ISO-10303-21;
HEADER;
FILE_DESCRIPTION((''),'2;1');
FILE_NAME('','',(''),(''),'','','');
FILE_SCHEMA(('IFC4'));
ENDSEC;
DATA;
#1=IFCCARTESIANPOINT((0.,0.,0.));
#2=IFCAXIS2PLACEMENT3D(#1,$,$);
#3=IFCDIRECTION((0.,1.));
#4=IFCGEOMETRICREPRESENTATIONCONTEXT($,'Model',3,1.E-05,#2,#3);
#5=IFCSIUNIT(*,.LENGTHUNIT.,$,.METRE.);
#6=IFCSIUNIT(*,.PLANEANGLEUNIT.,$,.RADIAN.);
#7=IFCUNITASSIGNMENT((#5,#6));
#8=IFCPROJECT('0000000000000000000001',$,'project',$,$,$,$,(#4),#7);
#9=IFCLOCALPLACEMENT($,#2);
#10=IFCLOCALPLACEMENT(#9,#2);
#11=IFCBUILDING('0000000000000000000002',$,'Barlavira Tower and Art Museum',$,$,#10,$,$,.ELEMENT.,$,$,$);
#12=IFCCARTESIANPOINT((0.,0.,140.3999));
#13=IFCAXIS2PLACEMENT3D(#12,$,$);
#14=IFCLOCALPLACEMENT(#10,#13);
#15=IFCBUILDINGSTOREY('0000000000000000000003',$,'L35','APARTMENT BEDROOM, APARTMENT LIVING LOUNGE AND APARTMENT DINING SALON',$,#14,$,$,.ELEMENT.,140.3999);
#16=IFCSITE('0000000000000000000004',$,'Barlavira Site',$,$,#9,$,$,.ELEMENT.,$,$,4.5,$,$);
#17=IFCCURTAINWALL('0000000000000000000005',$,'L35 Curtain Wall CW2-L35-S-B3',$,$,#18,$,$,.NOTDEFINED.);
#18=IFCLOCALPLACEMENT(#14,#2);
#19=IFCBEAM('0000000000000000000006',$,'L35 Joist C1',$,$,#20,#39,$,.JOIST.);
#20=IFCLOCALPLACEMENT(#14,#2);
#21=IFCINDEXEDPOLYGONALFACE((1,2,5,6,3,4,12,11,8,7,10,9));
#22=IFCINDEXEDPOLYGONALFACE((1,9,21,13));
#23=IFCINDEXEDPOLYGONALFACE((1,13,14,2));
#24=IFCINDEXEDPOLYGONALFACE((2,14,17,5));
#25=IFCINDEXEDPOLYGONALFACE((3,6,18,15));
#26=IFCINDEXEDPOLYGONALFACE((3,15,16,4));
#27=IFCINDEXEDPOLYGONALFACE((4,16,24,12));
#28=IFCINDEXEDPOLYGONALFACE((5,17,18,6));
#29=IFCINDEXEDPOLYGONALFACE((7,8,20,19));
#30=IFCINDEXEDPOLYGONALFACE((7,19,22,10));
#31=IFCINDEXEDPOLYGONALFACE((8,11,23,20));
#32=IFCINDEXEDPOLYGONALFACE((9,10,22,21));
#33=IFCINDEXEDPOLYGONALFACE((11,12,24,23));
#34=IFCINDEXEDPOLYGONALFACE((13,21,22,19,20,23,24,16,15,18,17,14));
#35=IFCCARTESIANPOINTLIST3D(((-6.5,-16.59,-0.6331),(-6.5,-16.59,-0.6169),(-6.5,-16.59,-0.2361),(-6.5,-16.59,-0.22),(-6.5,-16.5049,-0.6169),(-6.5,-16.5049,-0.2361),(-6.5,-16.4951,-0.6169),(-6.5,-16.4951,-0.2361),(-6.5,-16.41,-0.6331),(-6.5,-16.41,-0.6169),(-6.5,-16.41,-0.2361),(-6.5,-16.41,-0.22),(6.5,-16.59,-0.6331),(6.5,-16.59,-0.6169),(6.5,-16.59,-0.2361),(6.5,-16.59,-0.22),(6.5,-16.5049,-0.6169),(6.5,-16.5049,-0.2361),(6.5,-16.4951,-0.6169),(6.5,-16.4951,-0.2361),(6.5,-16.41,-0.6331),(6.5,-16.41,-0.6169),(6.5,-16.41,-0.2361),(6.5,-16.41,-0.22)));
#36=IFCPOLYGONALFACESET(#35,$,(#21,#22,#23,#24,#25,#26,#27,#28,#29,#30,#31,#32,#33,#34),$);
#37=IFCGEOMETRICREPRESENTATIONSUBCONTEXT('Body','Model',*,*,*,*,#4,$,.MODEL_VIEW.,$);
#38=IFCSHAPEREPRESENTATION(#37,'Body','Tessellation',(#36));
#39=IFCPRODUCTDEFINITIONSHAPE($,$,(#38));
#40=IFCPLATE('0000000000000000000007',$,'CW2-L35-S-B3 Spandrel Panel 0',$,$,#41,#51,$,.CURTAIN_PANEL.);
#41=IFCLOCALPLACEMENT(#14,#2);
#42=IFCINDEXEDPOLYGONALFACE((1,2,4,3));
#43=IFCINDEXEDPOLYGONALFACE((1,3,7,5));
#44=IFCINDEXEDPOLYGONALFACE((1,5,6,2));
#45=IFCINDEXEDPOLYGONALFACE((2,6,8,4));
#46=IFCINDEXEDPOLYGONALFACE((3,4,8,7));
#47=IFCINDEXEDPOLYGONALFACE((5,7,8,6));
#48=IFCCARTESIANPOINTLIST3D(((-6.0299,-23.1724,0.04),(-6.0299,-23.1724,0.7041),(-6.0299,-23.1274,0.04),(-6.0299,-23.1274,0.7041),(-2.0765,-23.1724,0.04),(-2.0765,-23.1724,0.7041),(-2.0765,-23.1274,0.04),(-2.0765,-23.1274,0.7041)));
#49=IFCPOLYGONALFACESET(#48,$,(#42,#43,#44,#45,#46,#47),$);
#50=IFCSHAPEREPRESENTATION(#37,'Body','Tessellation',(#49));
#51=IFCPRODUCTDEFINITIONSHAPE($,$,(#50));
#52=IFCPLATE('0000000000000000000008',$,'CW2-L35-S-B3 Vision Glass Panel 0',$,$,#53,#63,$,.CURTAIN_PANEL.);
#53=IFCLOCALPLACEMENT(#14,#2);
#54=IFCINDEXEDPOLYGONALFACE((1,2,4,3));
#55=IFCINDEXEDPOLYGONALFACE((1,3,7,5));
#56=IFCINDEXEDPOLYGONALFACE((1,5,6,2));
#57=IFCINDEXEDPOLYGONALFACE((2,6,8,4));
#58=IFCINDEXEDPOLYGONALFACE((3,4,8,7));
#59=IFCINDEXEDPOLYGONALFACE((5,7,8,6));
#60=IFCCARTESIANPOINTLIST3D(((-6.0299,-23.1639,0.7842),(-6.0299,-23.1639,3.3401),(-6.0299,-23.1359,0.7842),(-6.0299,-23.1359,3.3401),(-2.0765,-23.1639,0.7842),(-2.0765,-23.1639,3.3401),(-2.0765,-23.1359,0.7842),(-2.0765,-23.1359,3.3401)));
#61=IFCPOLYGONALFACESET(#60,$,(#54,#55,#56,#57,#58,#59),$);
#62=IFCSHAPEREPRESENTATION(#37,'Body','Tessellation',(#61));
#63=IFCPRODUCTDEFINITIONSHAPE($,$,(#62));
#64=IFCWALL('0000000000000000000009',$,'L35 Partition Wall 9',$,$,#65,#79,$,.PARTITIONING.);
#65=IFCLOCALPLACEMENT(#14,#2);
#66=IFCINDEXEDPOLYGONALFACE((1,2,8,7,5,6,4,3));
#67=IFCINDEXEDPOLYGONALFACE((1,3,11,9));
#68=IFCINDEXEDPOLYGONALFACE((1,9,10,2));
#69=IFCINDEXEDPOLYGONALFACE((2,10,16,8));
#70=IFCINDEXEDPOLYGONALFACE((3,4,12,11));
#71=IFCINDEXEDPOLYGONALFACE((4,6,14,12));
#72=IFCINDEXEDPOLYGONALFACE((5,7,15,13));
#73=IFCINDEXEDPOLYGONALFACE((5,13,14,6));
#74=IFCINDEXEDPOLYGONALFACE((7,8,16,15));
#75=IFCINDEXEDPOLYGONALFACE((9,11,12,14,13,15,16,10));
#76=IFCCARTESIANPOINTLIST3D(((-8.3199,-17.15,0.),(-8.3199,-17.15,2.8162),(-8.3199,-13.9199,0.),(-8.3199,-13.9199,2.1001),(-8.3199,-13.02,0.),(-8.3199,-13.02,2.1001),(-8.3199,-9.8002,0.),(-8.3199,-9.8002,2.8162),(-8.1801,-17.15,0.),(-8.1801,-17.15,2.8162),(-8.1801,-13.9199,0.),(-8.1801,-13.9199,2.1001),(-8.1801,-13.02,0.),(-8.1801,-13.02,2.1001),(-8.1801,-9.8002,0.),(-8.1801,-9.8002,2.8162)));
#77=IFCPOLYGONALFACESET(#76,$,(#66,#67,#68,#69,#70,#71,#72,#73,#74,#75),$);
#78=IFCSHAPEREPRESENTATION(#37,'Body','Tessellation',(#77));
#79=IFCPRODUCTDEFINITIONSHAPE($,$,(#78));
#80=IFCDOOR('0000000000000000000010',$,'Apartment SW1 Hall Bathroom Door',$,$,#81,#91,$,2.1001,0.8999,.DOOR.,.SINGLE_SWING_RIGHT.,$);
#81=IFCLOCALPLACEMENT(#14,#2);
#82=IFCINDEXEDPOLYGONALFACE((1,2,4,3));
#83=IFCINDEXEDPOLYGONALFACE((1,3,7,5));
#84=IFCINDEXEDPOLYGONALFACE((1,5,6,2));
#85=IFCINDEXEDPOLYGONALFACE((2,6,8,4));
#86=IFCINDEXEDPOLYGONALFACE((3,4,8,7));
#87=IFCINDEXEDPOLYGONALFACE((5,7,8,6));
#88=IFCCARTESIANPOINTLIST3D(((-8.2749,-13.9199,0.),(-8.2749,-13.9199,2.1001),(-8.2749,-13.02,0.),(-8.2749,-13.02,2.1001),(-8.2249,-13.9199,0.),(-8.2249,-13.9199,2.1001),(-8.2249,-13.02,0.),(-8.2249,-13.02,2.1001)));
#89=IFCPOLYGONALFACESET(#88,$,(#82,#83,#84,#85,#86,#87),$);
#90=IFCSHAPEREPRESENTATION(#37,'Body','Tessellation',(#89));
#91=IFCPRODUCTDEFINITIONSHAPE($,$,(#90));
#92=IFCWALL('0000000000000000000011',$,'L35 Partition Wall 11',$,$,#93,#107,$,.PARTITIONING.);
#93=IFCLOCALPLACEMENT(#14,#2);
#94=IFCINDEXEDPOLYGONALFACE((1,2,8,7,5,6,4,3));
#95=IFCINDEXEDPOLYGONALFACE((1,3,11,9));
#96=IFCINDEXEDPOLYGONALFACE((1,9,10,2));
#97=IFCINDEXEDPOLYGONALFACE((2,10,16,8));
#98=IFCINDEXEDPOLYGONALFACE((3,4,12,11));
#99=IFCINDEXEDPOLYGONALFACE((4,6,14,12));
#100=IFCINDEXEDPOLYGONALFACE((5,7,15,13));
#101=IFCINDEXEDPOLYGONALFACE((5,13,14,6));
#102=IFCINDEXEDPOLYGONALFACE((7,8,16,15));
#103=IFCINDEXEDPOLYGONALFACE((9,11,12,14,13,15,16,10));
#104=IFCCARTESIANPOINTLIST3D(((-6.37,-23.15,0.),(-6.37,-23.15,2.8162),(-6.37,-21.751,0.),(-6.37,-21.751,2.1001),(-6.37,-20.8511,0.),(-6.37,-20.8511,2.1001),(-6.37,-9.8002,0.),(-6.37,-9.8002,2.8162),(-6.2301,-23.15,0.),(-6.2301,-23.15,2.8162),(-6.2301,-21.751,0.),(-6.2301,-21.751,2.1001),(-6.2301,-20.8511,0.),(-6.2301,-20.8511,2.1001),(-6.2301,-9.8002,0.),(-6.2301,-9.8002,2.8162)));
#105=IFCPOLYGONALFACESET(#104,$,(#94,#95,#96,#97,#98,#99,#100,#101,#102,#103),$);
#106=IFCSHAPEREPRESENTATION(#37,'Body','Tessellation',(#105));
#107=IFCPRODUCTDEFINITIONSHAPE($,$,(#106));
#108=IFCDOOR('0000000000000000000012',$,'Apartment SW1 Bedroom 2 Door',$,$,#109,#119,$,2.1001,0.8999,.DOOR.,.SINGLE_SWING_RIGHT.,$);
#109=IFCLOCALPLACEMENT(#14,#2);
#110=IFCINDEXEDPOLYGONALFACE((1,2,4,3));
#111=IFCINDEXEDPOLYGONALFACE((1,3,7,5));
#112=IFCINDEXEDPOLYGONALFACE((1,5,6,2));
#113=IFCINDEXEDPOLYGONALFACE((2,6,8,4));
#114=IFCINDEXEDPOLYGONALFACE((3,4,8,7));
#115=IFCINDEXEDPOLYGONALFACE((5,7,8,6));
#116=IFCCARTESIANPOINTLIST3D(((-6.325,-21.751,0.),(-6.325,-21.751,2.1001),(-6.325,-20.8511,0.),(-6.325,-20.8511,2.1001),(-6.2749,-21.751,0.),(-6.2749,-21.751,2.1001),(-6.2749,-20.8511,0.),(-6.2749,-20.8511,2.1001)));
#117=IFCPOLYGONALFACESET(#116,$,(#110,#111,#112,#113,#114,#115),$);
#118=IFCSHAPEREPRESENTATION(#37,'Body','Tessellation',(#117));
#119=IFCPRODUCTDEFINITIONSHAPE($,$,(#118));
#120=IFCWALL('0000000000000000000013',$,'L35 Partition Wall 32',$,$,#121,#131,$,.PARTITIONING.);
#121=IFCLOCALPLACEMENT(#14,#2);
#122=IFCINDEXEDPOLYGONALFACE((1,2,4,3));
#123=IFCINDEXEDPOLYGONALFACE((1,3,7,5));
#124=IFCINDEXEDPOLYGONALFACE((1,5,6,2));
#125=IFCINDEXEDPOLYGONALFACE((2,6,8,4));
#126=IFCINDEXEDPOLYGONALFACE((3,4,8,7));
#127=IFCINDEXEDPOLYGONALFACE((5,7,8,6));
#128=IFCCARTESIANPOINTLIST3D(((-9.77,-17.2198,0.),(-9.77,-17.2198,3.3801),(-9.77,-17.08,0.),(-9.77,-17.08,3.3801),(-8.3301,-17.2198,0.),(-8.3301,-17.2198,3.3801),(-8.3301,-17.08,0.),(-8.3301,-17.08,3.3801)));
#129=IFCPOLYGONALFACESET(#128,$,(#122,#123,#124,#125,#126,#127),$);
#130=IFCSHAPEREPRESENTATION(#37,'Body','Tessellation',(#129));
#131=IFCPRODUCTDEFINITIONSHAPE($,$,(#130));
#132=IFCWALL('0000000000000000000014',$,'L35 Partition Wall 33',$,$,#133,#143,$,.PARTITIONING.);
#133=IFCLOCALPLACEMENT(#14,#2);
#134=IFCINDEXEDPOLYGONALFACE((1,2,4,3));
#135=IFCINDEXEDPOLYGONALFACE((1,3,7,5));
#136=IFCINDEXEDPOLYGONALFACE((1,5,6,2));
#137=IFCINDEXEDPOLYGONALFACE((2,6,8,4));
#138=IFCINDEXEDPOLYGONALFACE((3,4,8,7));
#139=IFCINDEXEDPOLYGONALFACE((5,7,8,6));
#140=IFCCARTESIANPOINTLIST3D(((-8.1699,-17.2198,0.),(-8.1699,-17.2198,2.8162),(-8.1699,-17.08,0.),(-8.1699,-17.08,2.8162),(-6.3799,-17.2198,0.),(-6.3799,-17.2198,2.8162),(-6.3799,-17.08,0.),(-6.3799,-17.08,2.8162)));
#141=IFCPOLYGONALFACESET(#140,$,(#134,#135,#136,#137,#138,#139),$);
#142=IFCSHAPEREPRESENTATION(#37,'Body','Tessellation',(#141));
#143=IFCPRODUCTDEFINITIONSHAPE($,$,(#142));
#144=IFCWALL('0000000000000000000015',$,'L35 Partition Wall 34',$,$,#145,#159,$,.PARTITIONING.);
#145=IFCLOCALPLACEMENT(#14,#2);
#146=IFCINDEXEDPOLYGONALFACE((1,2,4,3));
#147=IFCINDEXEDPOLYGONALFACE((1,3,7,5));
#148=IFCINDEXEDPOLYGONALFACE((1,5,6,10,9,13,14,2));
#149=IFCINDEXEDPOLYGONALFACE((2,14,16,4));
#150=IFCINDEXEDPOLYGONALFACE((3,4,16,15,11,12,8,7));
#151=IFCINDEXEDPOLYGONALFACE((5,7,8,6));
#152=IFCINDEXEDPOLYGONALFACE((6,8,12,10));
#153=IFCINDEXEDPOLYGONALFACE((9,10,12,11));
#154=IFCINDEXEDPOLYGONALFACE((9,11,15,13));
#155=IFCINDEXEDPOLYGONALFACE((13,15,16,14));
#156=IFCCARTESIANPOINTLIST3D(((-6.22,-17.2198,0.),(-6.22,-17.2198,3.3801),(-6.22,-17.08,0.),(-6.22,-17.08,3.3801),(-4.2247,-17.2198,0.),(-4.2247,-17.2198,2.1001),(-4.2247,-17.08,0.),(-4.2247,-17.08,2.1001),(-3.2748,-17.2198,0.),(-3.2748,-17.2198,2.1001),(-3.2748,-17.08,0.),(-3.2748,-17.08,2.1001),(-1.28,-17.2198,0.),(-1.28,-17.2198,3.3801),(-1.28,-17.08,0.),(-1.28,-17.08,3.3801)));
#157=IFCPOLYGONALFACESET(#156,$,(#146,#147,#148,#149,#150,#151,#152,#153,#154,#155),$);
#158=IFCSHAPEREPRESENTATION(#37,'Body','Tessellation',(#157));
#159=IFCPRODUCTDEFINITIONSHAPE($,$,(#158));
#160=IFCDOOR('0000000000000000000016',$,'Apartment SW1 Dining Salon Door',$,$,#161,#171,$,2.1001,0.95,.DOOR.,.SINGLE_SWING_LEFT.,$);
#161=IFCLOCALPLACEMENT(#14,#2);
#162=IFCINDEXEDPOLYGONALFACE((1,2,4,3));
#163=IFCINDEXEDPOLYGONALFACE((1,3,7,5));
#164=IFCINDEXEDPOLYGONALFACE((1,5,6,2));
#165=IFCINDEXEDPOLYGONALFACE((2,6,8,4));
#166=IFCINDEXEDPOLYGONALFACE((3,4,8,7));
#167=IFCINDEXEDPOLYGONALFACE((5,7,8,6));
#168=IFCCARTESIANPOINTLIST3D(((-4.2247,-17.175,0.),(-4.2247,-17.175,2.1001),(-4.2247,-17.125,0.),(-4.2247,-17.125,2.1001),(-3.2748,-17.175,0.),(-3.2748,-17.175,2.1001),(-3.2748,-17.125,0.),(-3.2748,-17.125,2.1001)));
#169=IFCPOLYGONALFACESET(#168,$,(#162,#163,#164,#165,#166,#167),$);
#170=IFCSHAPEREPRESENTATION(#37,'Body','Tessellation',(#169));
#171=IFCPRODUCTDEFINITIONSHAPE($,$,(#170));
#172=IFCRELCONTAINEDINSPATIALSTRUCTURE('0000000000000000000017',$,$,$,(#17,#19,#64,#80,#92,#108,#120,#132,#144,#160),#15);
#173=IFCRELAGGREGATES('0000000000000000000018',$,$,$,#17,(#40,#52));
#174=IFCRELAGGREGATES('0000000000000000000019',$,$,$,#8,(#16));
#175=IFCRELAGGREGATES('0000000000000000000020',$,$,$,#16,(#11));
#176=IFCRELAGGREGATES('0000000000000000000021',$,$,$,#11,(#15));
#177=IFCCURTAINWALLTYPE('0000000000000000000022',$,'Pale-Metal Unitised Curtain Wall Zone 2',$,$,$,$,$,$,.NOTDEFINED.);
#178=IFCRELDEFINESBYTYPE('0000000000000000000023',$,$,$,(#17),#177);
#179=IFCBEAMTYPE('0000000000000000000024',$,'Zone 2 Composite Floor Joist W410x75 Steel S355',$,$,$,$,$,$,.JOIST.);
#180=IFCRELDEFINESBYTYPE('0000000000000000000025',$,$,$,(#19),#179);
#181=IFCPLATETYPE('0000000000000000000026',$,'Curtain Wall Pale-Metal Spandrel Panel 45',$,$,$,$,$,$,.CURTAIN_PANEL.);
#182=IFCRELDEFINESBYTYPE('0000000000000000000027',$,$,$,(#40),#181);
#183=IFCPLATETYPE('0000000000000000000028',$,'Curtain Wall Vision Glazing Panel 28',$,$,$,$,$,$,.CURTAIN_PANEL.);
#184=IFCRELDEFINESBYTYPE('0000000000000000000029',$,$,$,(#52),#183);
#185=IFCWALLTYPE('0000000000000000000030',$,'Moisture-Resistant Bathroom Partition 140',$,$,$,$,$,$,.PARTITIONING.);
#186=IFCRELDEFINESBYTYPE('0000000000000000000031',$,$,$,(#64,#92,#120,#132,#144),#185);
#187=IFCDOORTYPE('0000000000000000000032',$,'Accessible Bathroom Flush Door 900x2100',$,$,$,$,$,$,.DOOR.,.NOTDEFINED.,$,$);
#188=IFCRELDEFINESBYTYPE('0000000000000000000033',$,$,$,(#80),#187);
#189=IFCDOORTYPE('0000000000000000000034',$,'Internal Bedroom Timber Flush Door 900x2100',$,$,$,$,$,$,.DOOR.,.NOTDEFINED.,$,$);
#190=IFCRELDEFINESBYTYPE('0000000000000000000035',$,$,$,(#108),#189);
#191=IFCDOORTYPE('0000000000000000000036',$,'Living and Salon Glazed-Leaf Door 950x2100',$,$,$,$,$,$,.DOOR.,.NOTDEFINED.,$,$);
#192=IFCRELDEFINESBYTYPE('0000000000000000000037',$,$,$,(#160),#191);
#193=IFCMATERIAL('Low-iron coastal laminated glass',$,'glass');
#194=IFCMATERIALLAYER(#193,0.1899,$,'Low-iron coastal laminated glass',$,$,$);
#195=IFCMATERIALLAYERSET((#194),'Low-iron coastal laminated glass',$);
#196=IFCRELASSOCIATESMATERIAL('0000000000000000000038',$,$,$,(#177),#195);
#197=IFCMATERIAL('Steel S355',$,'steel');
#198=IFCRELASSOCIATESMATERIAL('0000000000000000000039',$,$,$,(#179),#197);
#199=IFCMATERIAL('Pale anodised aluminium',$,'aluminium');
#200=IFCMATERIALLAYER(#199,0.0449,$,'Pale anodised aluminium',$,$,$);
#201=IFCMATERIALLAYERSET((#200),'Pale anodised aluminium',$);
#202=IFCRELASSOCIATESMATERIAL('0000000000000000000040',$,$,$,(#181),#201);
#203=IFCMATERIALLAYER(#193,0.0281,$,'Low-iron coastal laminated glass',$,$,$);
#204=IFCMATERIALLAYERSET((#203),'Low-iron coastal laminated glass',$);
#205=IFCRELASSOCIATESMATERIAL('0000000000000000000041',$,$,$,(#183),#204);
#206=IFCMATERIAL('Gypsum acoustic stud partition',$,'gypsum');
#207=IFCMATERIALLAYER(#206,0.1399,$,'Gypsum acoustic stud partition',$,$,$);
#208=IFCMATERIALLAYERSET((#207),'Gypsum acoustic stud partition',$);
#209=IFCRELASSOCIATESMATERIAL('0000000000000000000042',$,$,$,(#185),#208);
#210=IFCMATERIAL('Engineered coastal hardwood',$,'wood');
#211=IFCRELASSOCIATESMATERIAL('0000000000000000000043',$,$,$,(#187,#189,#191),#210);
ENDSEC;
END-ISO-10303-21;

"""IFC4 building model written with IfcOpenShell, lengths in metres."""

from ifc_helpers import new_model, si_unit, direction, frame, frame_2d, origin, origin_2d, place, context, subcontext, project, spatial, rectangle, i_section, extrude, material, layer, layer_set, material_profile, profile_set, type_object, element, fill, aggregate, save


model = new_model("IFC4")

# Units and contexts
model_context = context("Model", 3, precision=1e-05, world=origin(), true_north=direction((0.0, 1.0)))
body_context = subcontext(model_context, "Body", "Model", "MODEL_VIEW")
ifc_project = project(units=[si_unit("LENGTHUNIT", "METRE"), si_unit("PLANEANGLEUNIT", "RADIAN")], contexts=[model_context])

# Site, building, storey
site_placement = place(None, origin())
site = spatial("IfcSite", under=ifc_project, at=site_placement, Name="Barlavira Site", CompositionType="ELEMENT", RefElevation=4.5)
building_placement = place(site_placement, origin())
building = spatial("IfcBuilding", under=site, at=building_placement, Name="Barlavira Tower and Art Museum", CompositionType="ELEMENT")
storey_placement = place(building_placement, frame((0.0, 0.0, 140.3999)))
storey = spatial("IfcBuildingStorey", under=building, at=storey_placement, Name="L35", Description="APARTMENT BEDROOM, APARTMENT LIVING LOUNGE AND APARTMENT DINING SALON", CompositionType="ELEMENT", Elevation=140.3999)

# Curtain wall
ifc_material_1 = material(Name="Low-iron coastal laminated glass", Category="glass")
ifc_layer_1 = layer(ifc_material_1, 0.1899, Name="Low-iron coastal laminated glass")
ifc_layer_set_1 = layer_set([ifc_layer_1], Name="Low-iron coastal laminated glass")
curtain_wall_type = type_object("IfcCurtainWallType", Name="Pale-Metal Unitised Curtain Wall Zone 2", PredefinedType="NOTDEFINED", material=ifc_layer_set_1)
curtain_wall_placement = place(storey_placement, origin())
curtain_wall = element("IfcCurtainWall", 1, at=curtain_wall_placement, inside=storey, type_object=curtain_wall_type, Name="L35 Curtain Wall CW2-L35-S-B3", PredefinedType="NOTDEFINED")
ifc_material_2 = material(Name="Pale anodised aluminium", Category="aluminium")

# Shared definitions
ifc_material_3 = material(Name="Steel S355", Category="steel")

# Beam
ifc_material_profile_1 = material_profile(ifc_material_3, i_section(OverallWidth=0.1799, OverallDepth=0.4131, WebThickness=0.0098, FlangeThickness=0.0161, at=origin_2d()), Name="W410x75.0")
ifc_profile_set_1 = profile_set([ifc_material_profile_1], Name="Steel S355")
beam_type_1 = type_object("IfcBeamType", Name="Zone 2 Composite Floor Joist W410x75 Steel S355", PredefinedType="JOIST", material=ifc_profile_set_1)
beam_1_placement = place(storey_placement, frame((-6.5, -16.5, -0.4265), z_axis=(1.0, 0.0, 0.0), x_axis=(0.0, 1.0, 0.0)))
element("IfcBeam", 2, at=beam_1_placement, inside=storey, type_object=beam_type_1, Name="L35 Joist C1", PredefinedType="JOIST", context=body_context, shape_type="SweptSolid", body=[
    extrude(i_section(OverallWidth=0.1799, OverallDepth=0.4131, WebThickness=0.0098, FlangeThickness=0.0161, at=origin_2d()), origin(), (0.0, 0.0, 1.0), 13.0),
])

# Plates
ifc_layer_2 = layer(ifc_material_2, 0.0449, Name="Pale anodised aluminium")
ifc_layer_set_2 = layer_set([ifc_layer_2], Name="Pale anodised aluminium")
plate_type_1 = type_object("IfcPlateType", Name="Curtain Wall Pale-Metal Spandrel Panel 45", PredefinedType="CURTAIN_PANEL", material=ifc_layer_set_2)
plate_1_placement = place(storey_placement, frame((-4.0532, -23.1499, 0.04), z_axis=(0.0, 0.0, 1.0), x_axis=(1.0, 0.0, 0.0)))
plate_1 = element("IfcPlate", 3, at=plate_1_placement, type_object=plate_type_1, Name="CW2-L35-S-B3 Spandrel Panel 0", PredefinedType="CURTAIN_PANEL", context=body_context, shape_type="SweptSolid", body=[
    extrude(rectangle(XDim=3.9534, YDim=0.0449, at=origin_2d()), origin(), (0.0, 0.0, 1.0), 0.6641),
])
ifc_layer_3 = layer(ifc_material_1, 0.0281, Name="Low-iron coastal laminated glass")
ifc_layer_set_3 = layer_set([ifc_layer_3], Name="Low-iron coastal laminated glass")
plate_type_2 = type_object("IfcPlateType", Name="Curtain Wall Vision Glazing Panel 28", PredefinedType="CURTAIN_PANEL", material=ifc_layer_set_3)
plate_2_placement = place(storey_placement, frame((-4.0532, -23.1499, 0.7842), z_axis=(0.0, 0.0, 1.0), x_axis=(1.0, 0.0, 0.0)))
plate_2 = element("IfcPlate", 4, at=plate_2_placement, type_object=plate_type_2, Name="CW2-L35-S-B3 Vision Glass Panel 0", PredefinedType="CURTAIN_PANEL", context=body_context, shape_type="SweptSolid", body=[
    extrude(rectangle(XDim=3.9534, YDim=0.0281, at=origin_2d()), origin(), (0.0, 0.0, 1.0), 2.5559),
])
aggregate(curtain_wall, [plate_1, plate_2])

# Walls, openings, doors
ifc_material_4 = material(Name="Gypsum acoustic stud partition", Category="gypsum")
ifc_layer_4 = layer(ifc_material_4, 0.1399, Name="Gypsum acoustic stud partition")
ifc_layer_set_4 = layer_set([ifc_layer_4], Name="Gypsum acoustic stud partition")
wall_type = type_object("IfcWallType", Name="Moisture-Resistant Bathroom Partition 140", PredefinedType="PARTITIONING", material=ifc_layer_set_4)
wall_1_placement = place(storey_placement, frame((-8.25, -17.1499, 0.0), z_axis=(0.0, 0.0, 1.0), x_axis=(0.0, 1.0, 0.0)))
wall_1 = element("IfcWall", 5, at=wall_1_placement, inside=storey, type_object=wall_type, Name="L35 Partition Wall 9", PredefinedType="PARTITIONING", context=body_context, shape_type="SweptSolid", body=[
    extrude(rectangle(XDim=7.3499, YDim=0.1399, at=frame_2d((3.6748, 0.0))), origin(), (0.0, 0.0, 1.0), 2.8162),
])
opening_1_placement = place(wall_1_placement, frame((3.23, 0.0, 0.0)))
opening_1 = element("IfcOpeningElement", 6, at=opening_1_placement, cuts=wall_1, PredefinedType="OPENING", context=body_context, shape_type="SweptSolid", body=[
    extrude(rectangle(XDim=0.8999, YDim=2.1001, at=frame_2d((0.45, 1.05))), frame((0.0, 0.0801, 0.0), z_axis=(0.0, -1.0, 0.0), x_axis=(1.0, 0.0, 0.0)), (0.0, 0.0, 1.0), 0.1599),
])
ifc_material_5 = material(Name="Engineered coastal hardwood", Category="wood")
door_type_1 = type_object("IfcDoorType", Name="Accessible Bathroom Flush Door 900x2100", OperationType="NOTDEFINED", PredefinedType="DOOR", material=ifc_material_5)
door_1_placement = place(opening_1_placement, origin())
door_1 = element("IfcDoor", 7, at=door_1_placement, inside=storey, type_object=door_type_1, Name="Apartment SW1 Hall Bathroom Door", OperationType="SINGLE_SWING_RIGHT", OverallHeight=2.1001, OverallWidth=0.8999, PredefinedType="DOOR", context=body_context, shape_type="SweptSolid", body=[
    extrude(rectangle(XDim=0.8999, YDim=2.1001, at=frame_2d((0.45, 1.05))), frame((0.0, 0.0249, 0.0), z_axis=(0.0, -1.0, 0.0), x_axis=(1.0, 0.0, 0.0)), (0.0, 0.0, 1.0), 0.05),
])
fill(opening_1, door_1)
wall_2_placement = place(storey_placement, frame((-6.3, -23.1499, 0.0), z_axis=(0.0, 0.0, 1.0), x_axis=(0.0, 1.0, 0.0)))
wall_2 = element("IfcWall", 8, at=wall_2_placement, inside=storey, type_object=wall_type, Name="L35 Partition Wall 11", PredefinedType="PARTITIONING", context=body_context, shape_type="SweptSolid", body=[
    extrude(rectangle(XDim=13.3499, YDim=0.1399, at=frame_2d((6.6748, 0.0))), origin(), (0.0, 0.0, 1.0), 2.8162),
])
opening_2_placement = place(wall_2_placement, frame((1.3989, 0.0, 0.0)))
opening_2 = element("IfcOpeningElement", 9, at=opening_2_placement, cuts=wall_2, PredefinedType="OPENING", context=body_context, shape_type="SweptSolid", body=[
    extrude(rectangle(XDim=0.8999, YDim=2.1001, at=frame_2d((0.45, 1.05))), frame((0.0, 0.0801, 0.0), z_axis=(0.0, -1.0, 0.0), x_axis=(1.0, 0.0, 0.0)), (0.0, 0.0, 1.0), 0.1599),
])
door_type_2 = type_object("IfcDoorType", Name="Internal Bedroom Timber Flush Door 900x2100", OperationType="NOTDEFINED", PredefinedType="DOOR", material=ifc_material_5)
door_2_placement = place(opening_2_placement, origin())
door_2 = element("IfcDoor", 10, at=door_2_placement, inside=storey, type_object=door_type_2, Name="Apartment SW1 Bedroom 2 Door", OperationType="SINGLE_SWING_RIGHT", OverallHeight=2.1001, OverallWidth=0.8999, PredefinedType="DOOR", context=body_context, shape_type="SweptSolid", body=[
    extrude(rectangle(XDim=0.8999, YDim=2.1001, at=frame_2d((0.45, 1.05))), frame((0.0, 0.0249, 0.0), z_axis=(0.0, -1.0, 0.0), x_axis=(1.0, 0.0, 0.0)), (0.0, 0.0, 1.0), 0.05),
])
fill(opening_2, door_2)

# Walls
wall_3_placement = place(storey_placement, frame((-9.77, -17.1499, 0.0), z_axis=(0.0, 0.0, 1.0), x_axis=(1.0, 0.0, 0.0)))
element("IfcWall", 11, at=wall_3_placement, inside=storey, type_object=wall_type, Name="L35 Partition Wall 32", PredefinedType="PARTITIONING", context=body_context, shape_type="SweptSolid", body=[
    extrude(rectangle(XDim=1.4399, YDim=0.1399, at=frame_2d((0.72, 0.0))), origin(), (0.0, 0.0, 1.0), 3.3801),
])
wall_4_placement = place(storey_placement, frame((-8.1699, -17.1499, 0.0), z_axis=(0.0, 0.0, 1.0), x_axis=(1.0, 0.0, 0.0)))
element("IfcWall", 12, at=wall_4_placement, inside=storey, type_object=wall_type, Name="L35 Partition Wall 33", PredefinedType="PARTITIONING", context=body_context, shape_type="SweptSolid", body=[
    extrude(rectangle(XDim=1.79, YDim=0.1399, at=frame_2d((0.895, 0.0))), origin(), (0.0, 0.0, 1.0), 2.8162),
])

# Wall, opening, door
wall_5_placement = place(storey_placement, frame((-6.22, -17.1499, 0.0), z_axis=(0.0, 0.0, 1.0), x_axis=(1.0, 0.0, 0.0)))
wall_5 = element("IfcWall", 13, at=wall_5_placement, inside=storey, type_object=wall_type, Name="L35 Partition Wall 34", PredefinedType="PARTITIONING", context=body_context, shape_type="SweptSolid", body=[
    extrude(rectangle(XDim=4.9399, YDim=0.1399, at=frame_2d((2.47, 0.0))), origin(), (0.0, 0.0, 1.0), 3.3801),
])
opening_3_placement = place(wall_5_placement, frame((1.9951, 0.0, 0.0)))
opening_3 = element("IfcOpeningElement", 14, at=opening_3_placement, cuts=wall_5, PredefinedType="OPENING", context=body_context, shape_type="SweptSolid", body=[
    extrude(rectangle(XDim=0.95, YDim=2.1001, at=frame_2d((0.4751, 1.05))), frame((0.0, 0.0801, 0.0), z_axis=(0.0, -1.0, 0.0), x_axis=(1.0, 0.0, 0.0)), (0.0, 0.0, 1.0), 0.1599),
])
door_type_3 = type_object("IfcDoorType", Name="Living and Salon Glazed-Leaf Door 950x2100", OperationType="NOTDEFINED", PredefinedType="DOOR", material=ifc_material_5)
door_3_placement = place(opening_3_placement, origin())
door_3 = element("IfcDoor", 15, at=door_3_placement, inside=storey, type_object=door_type_3, Name="Apartment SW1 Dining Salon Door", OperationType="SINGLE_SWING_LEFT", OverallHeight=2.1001, OverallWidth=0.95, PredefinedType="DOOR", context=body_context, shape_type="SweptSolid", body=[
    extrude(rectangle(XDim=0.95, YDim=2.1001, at=frame_2d((0.4751, 1.05))), frame((0.0, 0.0249, 0.0), z_axis=(0.0, -1.0, 0.0), x_axis=(1.0, 0.0, 0.0)), (0.0, 0.0, 1.0), 0.05),
])
fill(opening_3, door_3)

save(model, "model.ifc")
